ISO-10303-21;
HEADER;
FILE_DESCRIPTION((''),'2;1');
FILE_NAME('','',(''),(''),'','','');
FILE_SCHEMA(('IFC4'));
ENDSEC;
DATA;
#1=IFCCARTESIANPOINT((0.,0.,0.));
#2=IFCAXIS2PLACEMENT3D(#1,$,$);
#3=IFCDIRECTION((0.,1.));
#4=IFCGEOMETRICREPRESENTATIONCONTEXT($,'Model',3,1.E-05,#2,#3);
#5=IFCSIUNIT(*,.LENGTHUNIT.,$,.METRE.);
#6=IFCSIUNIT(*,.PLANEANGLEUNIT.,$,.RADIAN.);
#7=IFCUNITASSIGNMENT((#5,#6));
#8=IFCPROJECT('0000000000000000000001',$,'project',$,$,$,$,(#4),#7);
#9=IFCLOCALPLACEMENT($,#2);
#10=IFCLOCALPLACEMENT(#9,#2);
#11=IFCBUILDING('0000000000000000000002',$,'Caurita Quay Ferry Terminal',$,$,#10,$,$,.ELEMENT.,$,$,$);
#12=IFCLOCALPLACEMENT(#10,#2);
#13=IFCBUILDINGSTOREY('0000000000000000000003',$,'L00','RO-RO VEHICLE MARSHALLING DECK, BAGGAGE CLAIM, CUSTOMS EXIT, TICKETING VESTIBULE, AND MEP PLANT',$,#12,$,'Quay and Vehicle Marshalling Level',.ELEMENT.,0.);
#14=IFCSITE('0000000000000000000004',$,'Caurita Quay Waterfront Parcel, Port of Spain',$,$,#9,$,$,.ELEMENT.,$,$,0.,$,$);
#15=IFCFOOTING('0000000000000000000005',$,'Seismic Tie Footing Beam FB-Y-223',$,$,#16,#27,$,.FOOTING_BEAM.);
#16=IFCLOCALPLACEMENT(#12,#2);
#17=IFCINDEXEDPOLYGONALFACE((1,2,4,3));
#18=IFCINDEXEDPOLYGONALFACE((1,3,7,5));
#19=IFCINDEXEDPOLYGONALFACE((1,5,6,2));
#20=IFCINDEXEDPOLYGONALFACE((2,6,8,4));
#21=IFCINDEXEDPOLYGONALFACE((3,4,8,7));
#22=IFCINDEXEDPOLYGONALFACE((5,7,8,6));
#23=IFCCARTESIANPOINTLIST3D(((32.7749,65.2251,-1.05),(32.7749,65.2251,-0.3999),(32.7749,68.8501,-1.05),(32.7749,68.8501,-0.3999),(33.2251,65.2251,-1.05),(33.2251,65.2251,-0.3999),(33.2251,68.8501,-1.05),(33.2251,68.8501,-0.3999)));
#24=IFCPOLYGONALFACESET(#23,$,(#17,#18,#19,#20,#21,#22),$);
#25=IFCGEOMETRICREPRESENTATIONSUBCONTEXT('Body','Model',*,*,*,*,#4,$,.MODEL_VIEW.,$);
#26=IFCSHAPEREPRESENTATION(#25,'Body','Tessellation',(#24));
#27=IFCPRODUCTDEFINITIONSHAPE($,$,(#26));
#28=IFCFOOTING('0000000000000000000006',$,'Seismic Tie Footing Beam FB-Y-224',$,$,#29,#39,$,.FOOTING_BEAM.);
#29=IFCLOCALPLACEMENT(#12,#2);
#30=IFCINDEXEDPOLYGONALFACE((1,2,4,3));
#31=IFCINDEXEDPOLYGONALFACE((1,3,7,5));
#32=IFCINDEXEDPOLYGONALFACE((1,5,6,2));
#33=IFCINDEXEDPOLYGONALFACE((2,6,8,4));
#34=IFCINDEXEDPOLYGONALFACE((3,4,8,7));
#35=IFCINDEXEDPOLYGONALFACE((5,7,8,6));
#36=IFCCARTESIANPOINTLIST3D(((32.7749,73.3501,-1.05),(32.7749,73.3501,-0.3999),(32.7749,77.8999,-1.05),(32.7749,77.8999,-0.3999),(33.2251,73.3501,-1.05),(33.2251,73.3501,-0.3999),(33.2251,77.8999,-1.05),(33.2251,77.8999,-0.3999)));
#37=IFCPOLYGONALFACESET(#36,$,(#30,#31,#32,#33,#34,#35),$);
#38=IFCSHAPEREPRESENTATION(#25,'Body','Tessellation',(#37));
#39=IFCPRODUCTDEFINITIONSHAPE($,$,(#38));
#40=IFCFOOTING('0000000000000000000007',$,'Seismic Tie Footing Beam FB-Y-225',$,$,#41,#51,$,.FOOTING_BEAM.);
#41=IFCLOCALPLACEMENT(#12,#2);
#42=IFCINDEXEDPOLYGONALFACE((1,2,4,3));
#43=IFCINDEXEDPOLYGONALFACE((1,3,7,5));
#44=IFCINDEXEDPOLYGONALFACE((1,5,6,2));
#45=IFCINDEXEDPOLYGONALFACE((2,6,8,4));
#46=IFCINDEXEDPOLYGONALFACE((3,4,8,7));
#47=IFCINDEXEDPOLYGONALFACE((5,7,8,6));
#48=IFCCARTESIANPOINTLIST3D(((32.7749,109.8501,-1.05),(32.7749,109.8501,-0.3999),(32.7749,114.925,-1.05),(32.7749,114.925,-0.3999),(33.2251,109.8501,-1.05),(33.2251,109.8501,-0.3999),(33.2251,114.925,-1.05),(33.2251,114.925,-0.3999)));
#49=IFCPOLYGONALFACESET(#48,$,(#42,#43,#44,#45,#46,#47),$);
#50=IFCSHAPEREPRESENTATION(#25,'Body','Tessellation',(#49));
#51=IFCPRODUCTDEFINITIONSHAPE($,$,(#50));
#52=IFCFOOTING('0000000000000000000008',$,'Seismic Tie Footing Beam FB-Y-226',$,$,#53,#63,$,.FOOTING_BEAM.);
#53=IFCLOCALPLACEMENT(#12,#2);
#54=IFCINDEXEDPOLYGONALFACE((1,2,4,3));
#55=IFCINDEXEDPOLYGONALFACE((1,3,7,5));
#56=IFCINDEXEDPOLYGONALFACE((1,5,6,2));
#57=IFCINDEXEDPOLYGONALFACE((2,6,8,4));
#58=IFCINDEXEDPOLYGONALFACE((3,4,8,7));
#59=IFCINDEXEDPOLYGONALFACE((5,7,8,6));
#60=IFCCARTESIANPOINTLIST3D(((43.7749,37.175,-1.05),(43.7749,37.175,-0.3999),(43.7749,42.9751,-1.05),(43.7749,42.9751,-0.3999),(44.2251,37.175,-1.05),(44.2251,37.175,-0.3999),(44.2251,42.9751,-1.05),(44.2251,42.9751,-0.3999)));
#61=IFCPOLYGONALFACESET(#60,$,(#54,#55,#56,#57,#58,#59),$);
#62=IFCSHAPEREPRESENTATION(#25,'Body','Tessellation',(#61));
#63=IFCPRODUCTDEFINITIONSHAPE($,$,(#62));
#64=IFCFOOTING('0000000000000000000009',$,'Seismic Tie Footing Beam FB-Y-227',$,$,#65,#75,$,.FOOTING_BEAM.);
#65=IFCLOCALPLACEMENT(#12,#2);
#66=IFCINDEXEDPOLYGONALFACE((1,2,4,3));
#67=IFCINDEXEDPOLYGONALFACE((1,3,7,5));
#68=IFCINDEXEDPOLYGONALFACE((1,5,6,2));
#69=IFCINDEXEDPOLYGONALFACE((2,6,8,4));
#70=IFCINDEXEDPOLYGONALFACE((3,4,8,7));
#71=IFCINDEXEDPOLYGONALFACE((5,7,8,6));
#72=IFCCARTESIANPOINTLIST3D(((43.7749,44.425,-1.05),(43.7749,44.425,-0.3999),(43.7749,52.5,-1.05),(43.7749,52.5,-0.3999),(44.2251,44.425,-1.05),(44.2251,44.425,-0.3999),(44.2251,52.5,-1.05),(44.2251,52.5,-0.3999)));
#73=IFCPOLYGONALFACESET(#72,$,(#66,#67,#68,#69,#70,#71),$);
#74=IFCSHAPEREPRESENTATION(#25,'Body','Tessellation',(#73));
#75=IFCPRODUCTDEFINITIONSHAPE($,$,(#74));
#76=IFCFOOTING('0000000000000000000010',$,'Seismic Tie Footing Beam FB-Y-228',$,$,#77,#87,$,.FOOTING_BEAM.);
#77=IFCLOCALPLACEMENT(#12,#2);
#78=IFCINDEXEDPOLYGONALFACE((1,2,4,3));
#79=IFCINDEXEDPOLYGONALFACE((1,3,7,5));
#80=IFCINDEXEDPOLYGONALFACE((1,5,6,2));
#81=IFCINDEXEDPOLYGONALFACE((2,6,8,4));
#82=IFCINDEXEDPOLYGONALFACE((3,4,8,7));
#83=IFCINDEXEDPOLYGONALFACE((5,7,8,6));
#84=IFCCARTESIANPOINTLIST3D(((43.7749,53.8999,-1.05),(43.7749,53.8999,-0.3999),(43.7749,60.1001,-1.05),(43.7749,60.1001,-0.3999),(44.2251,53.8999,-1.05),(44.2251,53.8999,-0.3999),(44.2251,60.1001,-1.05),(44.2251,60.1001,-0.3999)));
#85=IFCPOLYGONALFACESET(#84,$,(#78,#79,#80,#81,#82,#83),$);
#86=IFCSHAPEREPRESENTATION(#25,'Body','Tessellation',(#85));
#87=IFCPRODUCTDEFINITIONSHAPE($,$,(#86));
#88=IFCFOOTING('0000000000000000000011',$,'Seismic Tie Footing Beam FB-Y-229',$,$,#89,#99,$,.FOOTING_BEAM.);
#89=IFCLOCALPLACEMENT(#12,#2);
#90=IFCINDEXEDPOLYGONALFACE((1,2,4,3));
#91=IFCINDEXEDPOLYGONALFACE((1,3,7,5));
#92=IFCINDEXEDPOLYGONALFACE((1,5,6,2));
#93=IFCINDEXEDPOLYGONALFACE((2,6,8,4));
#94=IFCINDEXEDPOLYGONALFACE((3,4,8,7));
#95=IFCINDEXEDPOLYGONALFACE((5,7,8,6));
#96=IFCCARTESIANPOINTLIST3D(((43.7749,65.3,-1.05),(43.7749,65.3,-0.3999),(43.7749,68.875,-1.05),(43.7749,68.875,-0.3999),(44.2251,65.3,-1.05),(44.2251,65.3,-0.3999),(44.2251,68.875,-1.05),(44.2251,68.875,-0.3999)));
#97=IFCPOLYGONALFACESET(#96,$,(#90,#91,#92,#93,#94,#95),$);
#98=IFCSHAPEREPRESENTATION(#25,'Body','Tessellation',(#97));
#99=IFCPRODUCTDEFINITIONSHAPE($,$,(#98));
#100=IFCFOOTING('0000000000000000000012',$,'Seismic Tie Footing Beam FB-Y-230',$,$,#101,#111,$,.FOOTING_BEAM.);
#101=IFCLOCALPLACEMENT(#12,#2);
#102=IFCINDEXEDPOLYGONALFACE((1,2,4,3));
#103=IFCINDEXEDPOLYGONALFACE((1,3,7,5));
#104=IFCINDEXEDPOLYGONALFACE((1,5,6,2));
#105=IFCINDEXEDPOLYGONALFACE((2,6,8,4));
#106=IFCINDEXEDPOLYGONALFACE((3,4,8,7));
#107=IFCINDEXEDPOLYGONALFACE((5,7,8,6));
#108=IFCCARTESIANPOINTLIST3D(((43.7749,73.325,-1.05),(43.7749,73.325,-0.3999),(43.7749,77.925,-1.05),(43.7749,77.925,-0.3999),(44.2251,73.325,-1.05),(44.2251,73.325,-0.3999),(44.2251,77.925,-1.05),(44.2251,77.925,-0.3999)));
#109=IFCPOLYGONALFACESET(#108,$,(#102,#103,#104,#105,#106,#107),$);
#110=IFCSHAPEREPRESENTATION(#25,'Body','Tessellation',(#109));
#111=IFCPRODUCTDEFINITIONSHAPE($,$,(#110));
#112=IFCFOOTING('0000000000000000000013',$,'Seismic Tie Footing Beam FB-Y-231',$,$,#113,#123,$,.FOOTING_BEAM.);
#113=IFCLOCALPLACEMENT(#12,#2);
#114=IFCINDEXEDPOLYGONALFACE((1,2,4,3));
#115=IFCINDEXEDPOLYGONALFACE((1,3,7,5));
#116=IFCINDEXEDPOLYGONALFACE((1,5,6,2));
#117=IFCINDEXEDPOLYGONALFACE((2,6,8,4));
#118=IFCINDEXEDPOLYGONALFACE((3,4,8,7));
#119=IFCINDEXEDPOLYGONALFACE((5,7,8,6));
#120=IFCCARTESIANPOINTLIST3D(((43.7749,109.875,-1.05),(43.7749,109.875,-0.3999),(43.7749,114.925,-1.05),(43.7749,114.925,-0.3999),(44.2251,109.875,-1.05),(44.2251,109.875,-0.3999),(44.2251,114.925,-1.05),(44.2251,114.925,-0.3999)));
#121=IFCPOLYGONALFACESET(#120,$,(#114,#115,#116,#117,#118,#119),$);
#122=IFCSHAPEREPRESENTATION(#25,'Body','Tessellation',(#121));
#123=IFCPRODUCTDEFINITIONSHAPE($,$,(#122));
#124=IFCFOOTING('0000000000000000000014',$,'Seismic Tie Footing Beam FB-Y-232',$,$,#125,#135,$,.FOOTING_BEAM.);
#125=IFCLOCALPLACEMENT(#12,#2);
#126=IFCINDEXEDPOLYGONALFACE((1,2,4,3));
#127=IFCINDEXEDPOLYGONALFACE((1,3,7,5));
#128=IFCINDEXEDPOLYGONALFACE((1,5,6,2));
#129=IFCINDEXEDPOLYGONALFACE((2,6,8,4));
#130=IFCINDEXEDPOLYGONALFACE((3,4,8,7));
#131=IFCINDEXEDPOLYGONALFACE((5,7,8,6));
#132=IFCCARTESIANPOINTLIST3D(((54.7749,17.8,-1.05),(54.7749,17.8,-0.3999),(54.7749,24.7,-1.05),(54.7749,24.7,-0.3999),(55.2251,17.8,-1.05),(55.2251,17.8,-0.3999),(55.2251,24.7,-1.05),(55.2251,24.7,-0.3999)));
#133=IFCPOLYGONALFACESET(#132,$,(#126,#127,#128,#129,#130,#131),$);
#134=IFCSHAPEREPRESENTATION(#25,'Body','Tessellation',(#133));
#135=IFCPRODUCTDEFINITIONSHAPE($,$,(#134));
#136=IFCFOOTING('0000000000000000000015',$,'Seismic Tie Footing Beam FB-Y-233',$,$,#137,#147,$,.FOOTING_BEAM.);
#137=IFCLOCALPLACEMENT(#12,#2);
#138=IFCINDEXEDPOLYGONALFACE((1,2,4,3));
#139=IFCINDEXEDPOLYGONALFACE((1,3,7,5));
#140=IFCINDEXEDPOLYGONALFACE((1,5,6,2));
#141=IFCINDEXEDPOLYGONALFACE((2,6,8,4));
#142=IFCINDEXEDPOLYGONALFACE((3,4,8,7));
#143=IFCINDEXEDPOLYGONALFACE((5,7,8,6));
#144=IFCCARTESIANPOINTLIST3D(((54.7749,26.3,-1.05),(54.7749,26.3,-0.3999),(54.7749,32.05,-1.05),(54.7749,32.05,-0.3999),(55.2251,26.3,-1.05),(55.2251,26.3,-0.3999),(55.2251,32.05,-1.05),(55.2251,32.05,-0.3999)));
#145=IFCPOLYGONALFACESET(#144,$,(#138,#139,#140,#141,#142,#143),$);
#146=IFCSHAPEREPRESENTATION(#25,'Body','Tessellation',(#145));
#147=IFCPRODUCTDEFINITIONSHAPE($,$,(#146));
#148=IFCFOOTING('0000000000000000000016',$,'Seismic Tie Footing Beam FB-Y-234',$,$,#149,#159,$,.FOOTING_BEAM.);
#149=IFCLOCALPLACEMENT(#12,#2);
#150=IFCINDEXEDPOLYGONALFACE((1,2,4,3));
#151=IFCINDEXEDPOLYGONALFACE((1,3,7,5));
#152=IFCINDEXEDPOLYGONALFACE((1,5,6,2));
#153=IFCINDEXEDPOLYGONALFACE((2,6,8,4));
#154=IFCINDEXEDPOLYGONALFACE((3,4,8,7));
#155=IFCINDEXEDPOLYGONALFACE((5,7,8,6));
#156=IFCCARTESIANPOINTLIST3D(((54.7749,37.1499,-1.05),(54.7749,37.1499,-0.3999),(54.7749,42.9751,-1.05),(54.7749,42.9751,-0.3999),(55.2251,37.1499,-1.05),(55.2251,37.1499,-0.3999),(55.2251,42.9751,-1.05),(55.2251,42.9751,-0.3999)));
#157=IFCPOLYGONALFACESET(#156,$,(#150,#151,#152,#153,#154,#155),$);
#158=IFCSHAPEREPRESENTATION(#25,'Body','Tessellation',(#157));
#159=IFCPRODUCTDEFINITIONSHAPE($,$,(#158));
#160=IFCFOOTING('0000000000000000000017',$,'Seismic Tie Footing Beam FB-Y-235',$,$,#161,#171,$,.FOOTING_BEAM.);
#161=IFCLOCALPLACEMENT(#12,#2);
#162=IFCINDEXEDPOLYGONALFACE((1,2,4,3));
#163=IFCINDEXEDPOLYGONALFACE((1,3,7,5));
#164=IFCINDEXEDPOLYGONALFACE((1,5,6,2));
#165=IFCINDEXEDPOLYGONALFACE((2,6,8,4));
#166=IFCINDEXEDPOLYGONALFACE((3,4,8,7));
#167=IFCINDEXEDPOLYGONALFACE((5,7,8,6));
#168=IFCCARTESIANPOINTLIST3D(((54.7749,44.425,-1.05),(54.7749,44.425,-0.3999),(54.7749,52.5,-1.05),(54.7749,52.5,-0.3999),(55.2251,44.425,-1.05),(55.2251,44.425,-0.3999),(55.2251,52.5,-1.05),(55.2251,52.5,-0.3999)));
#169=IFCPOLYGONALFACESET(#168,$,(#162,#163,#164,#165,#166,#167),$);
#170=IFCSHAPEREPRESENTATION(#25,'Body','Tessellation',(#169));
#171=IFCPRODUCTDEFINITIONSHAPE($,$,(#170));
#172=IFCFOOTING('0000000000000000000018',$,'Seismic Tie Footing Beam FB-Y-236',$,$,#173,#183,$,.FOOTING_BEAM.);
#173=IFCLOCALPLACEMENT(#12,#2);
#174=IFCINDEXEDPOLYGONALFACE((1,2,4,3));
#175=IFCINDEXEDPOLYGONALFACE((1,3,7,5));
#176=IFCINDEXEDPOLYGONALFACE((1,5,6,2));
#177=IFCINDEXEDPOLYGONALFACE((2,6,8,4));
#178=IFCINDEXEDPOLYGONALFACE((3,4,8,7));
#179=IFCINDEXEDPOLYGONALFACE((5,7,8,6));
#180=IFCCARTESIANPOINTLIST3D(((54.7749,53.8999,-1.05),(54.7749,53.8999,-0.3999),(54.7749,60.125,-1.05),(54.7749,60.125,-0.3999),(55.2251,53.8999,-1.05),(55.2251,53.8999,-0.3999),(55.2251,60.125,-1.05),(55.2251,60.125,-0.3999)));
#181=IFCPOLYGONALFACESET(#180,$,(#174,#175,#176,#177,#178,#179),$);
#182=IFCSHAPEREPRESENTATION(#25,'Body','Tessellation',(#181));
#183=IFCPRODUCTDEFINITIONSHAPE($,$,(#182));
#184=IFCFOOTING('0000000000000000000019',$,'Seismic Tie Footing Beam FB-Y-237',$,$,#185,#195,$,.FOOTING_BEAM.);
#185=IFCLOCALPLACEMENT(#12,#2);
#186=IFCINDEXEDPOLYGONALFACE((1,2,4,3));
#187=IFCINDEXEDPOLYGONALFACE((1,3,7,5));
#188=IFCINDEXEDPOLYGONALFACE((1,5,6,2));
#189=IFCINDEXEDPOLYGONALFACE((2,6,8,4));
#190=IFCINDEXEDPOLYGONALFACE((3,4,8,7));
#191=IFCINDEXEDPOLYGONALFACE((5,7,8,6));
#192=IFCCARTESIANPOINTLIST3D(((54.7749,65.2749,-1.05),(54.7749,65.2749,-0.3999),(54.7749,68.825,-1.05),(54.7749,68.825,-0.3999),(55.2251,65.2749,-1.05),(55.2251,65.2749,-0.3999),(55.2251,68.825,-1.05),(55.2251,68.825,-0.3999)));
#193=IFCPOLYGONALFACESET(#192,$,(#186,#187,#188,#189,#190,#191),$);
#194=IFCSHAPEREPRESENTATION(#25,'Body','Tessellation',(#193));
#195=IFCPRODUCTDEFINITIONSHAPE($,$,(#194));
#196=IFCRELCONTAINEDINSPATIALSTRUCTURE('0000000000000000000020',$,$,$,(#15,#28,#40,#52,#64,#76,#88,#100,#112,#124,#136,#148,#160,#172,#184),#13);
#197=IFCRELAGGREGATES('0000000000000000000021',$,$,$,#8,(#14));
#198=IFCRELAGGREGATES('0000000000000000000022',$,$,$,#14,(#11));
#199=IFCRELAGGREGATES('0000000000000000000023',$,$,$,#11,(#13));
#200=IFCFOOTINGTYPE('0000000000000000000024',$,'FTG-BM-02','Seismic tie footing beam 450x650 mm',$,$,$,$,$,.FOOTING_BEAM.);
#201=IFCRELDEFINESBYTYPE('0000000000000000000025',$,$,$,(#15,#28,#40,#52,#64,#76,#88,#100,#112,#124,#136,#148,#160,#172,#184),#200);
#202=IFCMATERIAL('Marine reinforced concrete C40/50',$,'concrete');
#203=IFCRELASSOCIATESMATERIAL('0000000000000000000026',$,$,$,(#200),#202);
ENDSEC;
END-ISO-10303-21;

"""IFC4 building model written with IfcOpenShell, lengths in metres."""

from ifc_helpers import new_model, si_unit, direction, frame, origin, place, context, subcontext, project, spatial, polyline, outline, extrude, material, type_object, element, save


model = new_model("IFC4")

# Units and contexts
model_context = context("Model", 3, precision=1e-05, world=origin(), true_north=direction((0.0, 1.0)))
body_context = subcontext(model_context, "Body", "Model", "MODEL_VIEW")
ifc_project = project(units=[si_unit("LENGTHUNIT", "METRE"), si_unit("PLANEANGLEUNIT", "RADIAN")], contexts=[model_context])

# Site, building, storey
site_placement = place(None, origin())
site = spatial("IfcSite", under=ifc_project, at=site_placement, Name="Caurita Quay Waterfront Parcel, Port of Spain", CompositionType="ELEMENT", RefElevation=0.0)
building_placement = place(site_placement, origin())
building = spatial("IfcBuilding", under=site, at=building_placement, Name="Caurita Quay Ferry Terminal", CompositionType="ELEMENT")
storey_placement = place(building_placement, origin())
storey = spatial("IfcBuildingStorey", under=building, at=storey_placement, Name="L00", Description="RO-RO VEHICLE MARSHALLING DECK, BAGGAGE CLAIM, CUSTOMS EXIT, TICKETING VESTIBULE, AND MEP PLANT", LongName="Quay and Vehicle Marshalling Level", CompositionType="ELEMENT", Elevation=0.0)

# Footings
ifc_material = material(Name="Marine reinforced concrete C40/50", Category="concrete")
footing_type = type_object("IfcFootingType", Name="FTG-BM-02", Description="Seismic tie footing beam 450x650 mm", PredefinedType="FOOTING_BEAM", material=ifc_material)
footing_1_placement = place(storey_placement, frame((0.0, 0.0, -1.05)))
element("IfcFooting", 1, at=footing_1_placement, inside=storey, type_object=footing_type, Name="Seismic Tie Footing Beam FB-Y-223", PredefinedType="FOOTING_BEAM", context=body_context, shape_type="SweptSolid", body=[
    extrude(outline(polyline([(32.7749, 65.2251), (33.2251, 65.2251), (33.2251, 68.8501), (32.7749, 68.8501), (32.7749, 65.2251)])), origin(), (0.0, 0.0, 1.0), 0.6501),
])
footing_2_placement = place(storey_placement, frame((0.0, 0.0, -1.05)))
element("IfcFooting", 2, at=footing_2_placement, inside=storey, type_object=footing_type, Name="Seismic Tie Footing Beam FB-Y-224", PredefinedType="FOOTING_BEAM", context=body_context, shape_type="SweptSolid", body=[
    extrude(outline(polyline([(32.7749, 73.3501), (33.2251, 73.3501), (33.2251, 77.8999), (32.7749, 77.8999), (32.7749, 73.3501)])), origin(), (0.0, 0.0, 1.0), 0.6501),
])
footing_3_placement = place(storey_placement, frame((0.0, 0.0, -1.05)))
element("IfcFooting", 3, at=footing_3_placement, inside=storey, type_object=footing_type, Name="Seismic Tie Footing Beam FB-Y-225", PredefinedType="FOOTING_BEAM", context=body_context, shape_type="SweptSolid", body=[
    extrude(outline(polyline([(32.7749, 109.8501), (33.2251, 109.8501), (33.2251, 114.925), (32.7749, 114.925), (32.7749, 109.8501)])), origin(), (0.0, 0.0, 1.0), 0.6501),
])
footing_4_placement = place(storey_placement, frame((0.0, 0.0, -1.05)))
element("IfcFooting", 4, at=footing_4_placement, inside=storey, type_object=footing_type, Name="Seismic Tie Footing Beam FB-Y-226", PredefinedType="FOOTING_BEAM", context=body_context, shape_type="SweptSolid", body=[
    extrude(outline(polyline([(43.7749, 37.175), (44.2251, 37.175), (44.2251, 42.9751), (43.7749, 42.9751), (43.7749, 37.175)])), origin(), (0.0, 0.0, 1.0), 0.6501),
])
footing_5_placement = place(storey_placement, frame((0.0, 0.0, -1.05)))
element("IfcFooting", 5, at=footing_5_placement, inside=storey, type_object=footing_type, Name="Seismic Tie Footing Beam FB-Y-227", PredefinedType="FOOTING_BEAM", context=body_context, shape_type="SweptSolid", body=[
    extrude(outline(polyline([(43.7749, 44.425), (44.2251, 44.425), (44.2251, 52.5), (43.7749, 52.5), (43.7749, 44.425)])), origin(), (0.0, 0.0, 1.0), 0.6501),
])
footing_6_placement = place(storey_placement, frame((0.0, 0.0, -1.05)))
element("IfcFooting", 6, at=footing_6_placement, inside=storey, type_object=footing_type, Name="Seismic Tie Footing Beam FB-Y-228", PredefinedType="FOOTING_BEAM", context=body_context, shape_type="SweptSolid", body=[
    extrude(outline(polyline([(43.7749, 53.8999), (44.2251, 53.8999), (44.2251, 60.1001), (43.7749, 60.1001), (43.7749, 53.8999)])), origin(), (0.0, 0.0, 1.0), 0.6501),
])
footing_7_placement = place(storey_placement, frame((0.0, 0.0, -1.05)))
element("IfcFooting", 7, at=footing_7_placement, inside=storey, type_object=footing_type, Name="Seismic Tie Footing Beam FB-Y-229", PredefinedType="FOOTING_BEAM", context=body_context, shape_type="SweptSolid", body=[
    extrude(outline(polyline([(43.7749, 65.3), (44.2251, 65.3), (44.2251, 68.875), (43.7749, 68.875), (43.7749, 65.3)])), origin(), (0.0, 0.0, 1.0), 0.6501),
])
footing_8_placement = place(storey_placement, frame((0.0, 0.0, -1.05)))
element("IfcFooting", 8, at=footing_8_placement, inside=storey, type_object=footing_type, Name="Seismic Tie Footing Beam FB-Y-230", PredefinedType="FOOTING_BEAM", context=body_context, shape_type="SweptSolid", body=[
    extrude(outline(polyline([(43.7749, 73.325), (44.2251, 73.325), (44.2251, 77.925), (43.7749, 77.925), (43.7749, 73.325)])), origin(), (0.0, 0.0, 1.0), 0.6501),
])
footing_9_placement = place(storey_placement, frame((0.0, 0.0, -1.05)))
element("IfcFooting", 9, at=footing_9_placement, inside=storey, type_object=footing_type, Name="Seismic Tie Footing Beam FB-Y-231", PredefinedType="FOOTING_BEAM", context=body_context, shape_type="SweptSolid", body=[
    extrude(outline(polyline([(43.7749, 109.875), (44.2251, 109.875), (44.2251, 114.925), (43.7749, 114.925), (43.7749, 109.875)])), origin(), (0.0, 0.0, 1.0), 0.6501),
])
footing_10_placement = place(storey_placement, frame((0.0, 0.0, -1.05)))
element("IfcFooting", 10, at=footing_10_placement, inside=storey, type_object=footing_type, Name="Seismic Tie Footing Beam FB-Y-232", PredefinedType="FOOTING_BEAM", context=body_context, shape_type="SweptSolid", body=[
    extrude(outline(polyline([(54.7749, 17.8), (55.2251, 17.8), (55.2251, 24.7), (54.7749, 24.7), (54.7749, 17.8)])), origin(), (0.0, 0.0, 1.0), 0.6501),
])
footing_11_placement = place(storey_placement, frame((0.0, 0.0, -1.05)))
element("IfcFooting", 11, at=footing_11_placement, inside=storey, type_object=footing_type, Name="Seismic Tie Footing Beam FB-Y-233", PredefinedType="FOOTING_BEAM", context=body_context, shape_type="SweptSolid", body=[
    extrude(outline(polyline([(54.7749, 26.3), (55.2251, 26.3), (55.2251, 32.05), (54.7749, 32.05), (54.7749, 26.3)])), origin(), (0.0, 0.0, 1.0), 0.6501),
])
footing_12_placement = place(storey_placement, frame((0.0, 0.0, -1.05)))
element("IfcFooting", 12, at=footing_12_placement, inside=storey, type_object=footing_type, Name="Seismic Tie Footing Beam FB-Y-234", PredefinedType="FOOTING_BEAM", context=body_context, shape_type="SweptSolid", body=[
    extrude(outline(polyline([(54.7749, 37.1499), (55.2251, 37.1499), (55.2251, 42.9751), (54.7749, 42.9751), (54.7749, 37.1499)])), origin(), (0.0, 0.0, 1.0), 0.6501),
])
footing_13_placement = place(storey_placement, frame((0.0, 0.0, -1.05)))
element("IfcFooting", 13, at=footing_13_placement, inside=storey, type_object=footing_type, Name="Seismic Tie Footing Beam FB-Y-235", PredefinedType="FOOTING_BEAM", context=body_context, shape_type="SweptSolid", body=[
    extrude(outline(polyline([(54.7749, 44.425), (55.2251, 44.425), (55.2251, 52.5), (54.7749, 52.5), (54.7749, 44.425)])), origin(), (0.0, 0.0, 1.0), 0.6501),
])
footing_14_placement = place(storey_placement, frame((0.0, 0.0, -1.05)))
element("IfcFooting", 14, at=footing_14_placement, inside=storey, type_object=footing_type, Name="Seismic Tie Footing Beam FB-Y-236", PredefinedType="FOOTING_BEAM", context=body_context, shape_type="SweptSolid", body=[
    extrude(outline(polyline([(54.7749, 53.8999), (55.2251, 53.8999), (55.2251, 60.125), (54.7749, 60.125), (54.7749, 53.8999)])), origin(), (0.0, 0.0, 1.0), 0.6501),
])
footing_15_placement = place(storey_placement, frame((0.0, 0.0, -1.05)))
element("IfcFooting", 15, at=footing_15_placement, inside=storey, type_object=footing_type, Name="Seismic Tie Footing Beam FB-Y-237", PredefinedType="FOOTING_BEAM", context=body_context, shape_type="SweptSolid", body=[
    extrude(outline(polyline([(54.7749, 65.2749), (55.2251, 65.2749), (55.2251, 68.825), (54.7749, 68.825), (54.7749, 65.2749)])), origin(), (0.0, 0.0, 1.0), 0.6501),
])

save(model, "model.ifc")
